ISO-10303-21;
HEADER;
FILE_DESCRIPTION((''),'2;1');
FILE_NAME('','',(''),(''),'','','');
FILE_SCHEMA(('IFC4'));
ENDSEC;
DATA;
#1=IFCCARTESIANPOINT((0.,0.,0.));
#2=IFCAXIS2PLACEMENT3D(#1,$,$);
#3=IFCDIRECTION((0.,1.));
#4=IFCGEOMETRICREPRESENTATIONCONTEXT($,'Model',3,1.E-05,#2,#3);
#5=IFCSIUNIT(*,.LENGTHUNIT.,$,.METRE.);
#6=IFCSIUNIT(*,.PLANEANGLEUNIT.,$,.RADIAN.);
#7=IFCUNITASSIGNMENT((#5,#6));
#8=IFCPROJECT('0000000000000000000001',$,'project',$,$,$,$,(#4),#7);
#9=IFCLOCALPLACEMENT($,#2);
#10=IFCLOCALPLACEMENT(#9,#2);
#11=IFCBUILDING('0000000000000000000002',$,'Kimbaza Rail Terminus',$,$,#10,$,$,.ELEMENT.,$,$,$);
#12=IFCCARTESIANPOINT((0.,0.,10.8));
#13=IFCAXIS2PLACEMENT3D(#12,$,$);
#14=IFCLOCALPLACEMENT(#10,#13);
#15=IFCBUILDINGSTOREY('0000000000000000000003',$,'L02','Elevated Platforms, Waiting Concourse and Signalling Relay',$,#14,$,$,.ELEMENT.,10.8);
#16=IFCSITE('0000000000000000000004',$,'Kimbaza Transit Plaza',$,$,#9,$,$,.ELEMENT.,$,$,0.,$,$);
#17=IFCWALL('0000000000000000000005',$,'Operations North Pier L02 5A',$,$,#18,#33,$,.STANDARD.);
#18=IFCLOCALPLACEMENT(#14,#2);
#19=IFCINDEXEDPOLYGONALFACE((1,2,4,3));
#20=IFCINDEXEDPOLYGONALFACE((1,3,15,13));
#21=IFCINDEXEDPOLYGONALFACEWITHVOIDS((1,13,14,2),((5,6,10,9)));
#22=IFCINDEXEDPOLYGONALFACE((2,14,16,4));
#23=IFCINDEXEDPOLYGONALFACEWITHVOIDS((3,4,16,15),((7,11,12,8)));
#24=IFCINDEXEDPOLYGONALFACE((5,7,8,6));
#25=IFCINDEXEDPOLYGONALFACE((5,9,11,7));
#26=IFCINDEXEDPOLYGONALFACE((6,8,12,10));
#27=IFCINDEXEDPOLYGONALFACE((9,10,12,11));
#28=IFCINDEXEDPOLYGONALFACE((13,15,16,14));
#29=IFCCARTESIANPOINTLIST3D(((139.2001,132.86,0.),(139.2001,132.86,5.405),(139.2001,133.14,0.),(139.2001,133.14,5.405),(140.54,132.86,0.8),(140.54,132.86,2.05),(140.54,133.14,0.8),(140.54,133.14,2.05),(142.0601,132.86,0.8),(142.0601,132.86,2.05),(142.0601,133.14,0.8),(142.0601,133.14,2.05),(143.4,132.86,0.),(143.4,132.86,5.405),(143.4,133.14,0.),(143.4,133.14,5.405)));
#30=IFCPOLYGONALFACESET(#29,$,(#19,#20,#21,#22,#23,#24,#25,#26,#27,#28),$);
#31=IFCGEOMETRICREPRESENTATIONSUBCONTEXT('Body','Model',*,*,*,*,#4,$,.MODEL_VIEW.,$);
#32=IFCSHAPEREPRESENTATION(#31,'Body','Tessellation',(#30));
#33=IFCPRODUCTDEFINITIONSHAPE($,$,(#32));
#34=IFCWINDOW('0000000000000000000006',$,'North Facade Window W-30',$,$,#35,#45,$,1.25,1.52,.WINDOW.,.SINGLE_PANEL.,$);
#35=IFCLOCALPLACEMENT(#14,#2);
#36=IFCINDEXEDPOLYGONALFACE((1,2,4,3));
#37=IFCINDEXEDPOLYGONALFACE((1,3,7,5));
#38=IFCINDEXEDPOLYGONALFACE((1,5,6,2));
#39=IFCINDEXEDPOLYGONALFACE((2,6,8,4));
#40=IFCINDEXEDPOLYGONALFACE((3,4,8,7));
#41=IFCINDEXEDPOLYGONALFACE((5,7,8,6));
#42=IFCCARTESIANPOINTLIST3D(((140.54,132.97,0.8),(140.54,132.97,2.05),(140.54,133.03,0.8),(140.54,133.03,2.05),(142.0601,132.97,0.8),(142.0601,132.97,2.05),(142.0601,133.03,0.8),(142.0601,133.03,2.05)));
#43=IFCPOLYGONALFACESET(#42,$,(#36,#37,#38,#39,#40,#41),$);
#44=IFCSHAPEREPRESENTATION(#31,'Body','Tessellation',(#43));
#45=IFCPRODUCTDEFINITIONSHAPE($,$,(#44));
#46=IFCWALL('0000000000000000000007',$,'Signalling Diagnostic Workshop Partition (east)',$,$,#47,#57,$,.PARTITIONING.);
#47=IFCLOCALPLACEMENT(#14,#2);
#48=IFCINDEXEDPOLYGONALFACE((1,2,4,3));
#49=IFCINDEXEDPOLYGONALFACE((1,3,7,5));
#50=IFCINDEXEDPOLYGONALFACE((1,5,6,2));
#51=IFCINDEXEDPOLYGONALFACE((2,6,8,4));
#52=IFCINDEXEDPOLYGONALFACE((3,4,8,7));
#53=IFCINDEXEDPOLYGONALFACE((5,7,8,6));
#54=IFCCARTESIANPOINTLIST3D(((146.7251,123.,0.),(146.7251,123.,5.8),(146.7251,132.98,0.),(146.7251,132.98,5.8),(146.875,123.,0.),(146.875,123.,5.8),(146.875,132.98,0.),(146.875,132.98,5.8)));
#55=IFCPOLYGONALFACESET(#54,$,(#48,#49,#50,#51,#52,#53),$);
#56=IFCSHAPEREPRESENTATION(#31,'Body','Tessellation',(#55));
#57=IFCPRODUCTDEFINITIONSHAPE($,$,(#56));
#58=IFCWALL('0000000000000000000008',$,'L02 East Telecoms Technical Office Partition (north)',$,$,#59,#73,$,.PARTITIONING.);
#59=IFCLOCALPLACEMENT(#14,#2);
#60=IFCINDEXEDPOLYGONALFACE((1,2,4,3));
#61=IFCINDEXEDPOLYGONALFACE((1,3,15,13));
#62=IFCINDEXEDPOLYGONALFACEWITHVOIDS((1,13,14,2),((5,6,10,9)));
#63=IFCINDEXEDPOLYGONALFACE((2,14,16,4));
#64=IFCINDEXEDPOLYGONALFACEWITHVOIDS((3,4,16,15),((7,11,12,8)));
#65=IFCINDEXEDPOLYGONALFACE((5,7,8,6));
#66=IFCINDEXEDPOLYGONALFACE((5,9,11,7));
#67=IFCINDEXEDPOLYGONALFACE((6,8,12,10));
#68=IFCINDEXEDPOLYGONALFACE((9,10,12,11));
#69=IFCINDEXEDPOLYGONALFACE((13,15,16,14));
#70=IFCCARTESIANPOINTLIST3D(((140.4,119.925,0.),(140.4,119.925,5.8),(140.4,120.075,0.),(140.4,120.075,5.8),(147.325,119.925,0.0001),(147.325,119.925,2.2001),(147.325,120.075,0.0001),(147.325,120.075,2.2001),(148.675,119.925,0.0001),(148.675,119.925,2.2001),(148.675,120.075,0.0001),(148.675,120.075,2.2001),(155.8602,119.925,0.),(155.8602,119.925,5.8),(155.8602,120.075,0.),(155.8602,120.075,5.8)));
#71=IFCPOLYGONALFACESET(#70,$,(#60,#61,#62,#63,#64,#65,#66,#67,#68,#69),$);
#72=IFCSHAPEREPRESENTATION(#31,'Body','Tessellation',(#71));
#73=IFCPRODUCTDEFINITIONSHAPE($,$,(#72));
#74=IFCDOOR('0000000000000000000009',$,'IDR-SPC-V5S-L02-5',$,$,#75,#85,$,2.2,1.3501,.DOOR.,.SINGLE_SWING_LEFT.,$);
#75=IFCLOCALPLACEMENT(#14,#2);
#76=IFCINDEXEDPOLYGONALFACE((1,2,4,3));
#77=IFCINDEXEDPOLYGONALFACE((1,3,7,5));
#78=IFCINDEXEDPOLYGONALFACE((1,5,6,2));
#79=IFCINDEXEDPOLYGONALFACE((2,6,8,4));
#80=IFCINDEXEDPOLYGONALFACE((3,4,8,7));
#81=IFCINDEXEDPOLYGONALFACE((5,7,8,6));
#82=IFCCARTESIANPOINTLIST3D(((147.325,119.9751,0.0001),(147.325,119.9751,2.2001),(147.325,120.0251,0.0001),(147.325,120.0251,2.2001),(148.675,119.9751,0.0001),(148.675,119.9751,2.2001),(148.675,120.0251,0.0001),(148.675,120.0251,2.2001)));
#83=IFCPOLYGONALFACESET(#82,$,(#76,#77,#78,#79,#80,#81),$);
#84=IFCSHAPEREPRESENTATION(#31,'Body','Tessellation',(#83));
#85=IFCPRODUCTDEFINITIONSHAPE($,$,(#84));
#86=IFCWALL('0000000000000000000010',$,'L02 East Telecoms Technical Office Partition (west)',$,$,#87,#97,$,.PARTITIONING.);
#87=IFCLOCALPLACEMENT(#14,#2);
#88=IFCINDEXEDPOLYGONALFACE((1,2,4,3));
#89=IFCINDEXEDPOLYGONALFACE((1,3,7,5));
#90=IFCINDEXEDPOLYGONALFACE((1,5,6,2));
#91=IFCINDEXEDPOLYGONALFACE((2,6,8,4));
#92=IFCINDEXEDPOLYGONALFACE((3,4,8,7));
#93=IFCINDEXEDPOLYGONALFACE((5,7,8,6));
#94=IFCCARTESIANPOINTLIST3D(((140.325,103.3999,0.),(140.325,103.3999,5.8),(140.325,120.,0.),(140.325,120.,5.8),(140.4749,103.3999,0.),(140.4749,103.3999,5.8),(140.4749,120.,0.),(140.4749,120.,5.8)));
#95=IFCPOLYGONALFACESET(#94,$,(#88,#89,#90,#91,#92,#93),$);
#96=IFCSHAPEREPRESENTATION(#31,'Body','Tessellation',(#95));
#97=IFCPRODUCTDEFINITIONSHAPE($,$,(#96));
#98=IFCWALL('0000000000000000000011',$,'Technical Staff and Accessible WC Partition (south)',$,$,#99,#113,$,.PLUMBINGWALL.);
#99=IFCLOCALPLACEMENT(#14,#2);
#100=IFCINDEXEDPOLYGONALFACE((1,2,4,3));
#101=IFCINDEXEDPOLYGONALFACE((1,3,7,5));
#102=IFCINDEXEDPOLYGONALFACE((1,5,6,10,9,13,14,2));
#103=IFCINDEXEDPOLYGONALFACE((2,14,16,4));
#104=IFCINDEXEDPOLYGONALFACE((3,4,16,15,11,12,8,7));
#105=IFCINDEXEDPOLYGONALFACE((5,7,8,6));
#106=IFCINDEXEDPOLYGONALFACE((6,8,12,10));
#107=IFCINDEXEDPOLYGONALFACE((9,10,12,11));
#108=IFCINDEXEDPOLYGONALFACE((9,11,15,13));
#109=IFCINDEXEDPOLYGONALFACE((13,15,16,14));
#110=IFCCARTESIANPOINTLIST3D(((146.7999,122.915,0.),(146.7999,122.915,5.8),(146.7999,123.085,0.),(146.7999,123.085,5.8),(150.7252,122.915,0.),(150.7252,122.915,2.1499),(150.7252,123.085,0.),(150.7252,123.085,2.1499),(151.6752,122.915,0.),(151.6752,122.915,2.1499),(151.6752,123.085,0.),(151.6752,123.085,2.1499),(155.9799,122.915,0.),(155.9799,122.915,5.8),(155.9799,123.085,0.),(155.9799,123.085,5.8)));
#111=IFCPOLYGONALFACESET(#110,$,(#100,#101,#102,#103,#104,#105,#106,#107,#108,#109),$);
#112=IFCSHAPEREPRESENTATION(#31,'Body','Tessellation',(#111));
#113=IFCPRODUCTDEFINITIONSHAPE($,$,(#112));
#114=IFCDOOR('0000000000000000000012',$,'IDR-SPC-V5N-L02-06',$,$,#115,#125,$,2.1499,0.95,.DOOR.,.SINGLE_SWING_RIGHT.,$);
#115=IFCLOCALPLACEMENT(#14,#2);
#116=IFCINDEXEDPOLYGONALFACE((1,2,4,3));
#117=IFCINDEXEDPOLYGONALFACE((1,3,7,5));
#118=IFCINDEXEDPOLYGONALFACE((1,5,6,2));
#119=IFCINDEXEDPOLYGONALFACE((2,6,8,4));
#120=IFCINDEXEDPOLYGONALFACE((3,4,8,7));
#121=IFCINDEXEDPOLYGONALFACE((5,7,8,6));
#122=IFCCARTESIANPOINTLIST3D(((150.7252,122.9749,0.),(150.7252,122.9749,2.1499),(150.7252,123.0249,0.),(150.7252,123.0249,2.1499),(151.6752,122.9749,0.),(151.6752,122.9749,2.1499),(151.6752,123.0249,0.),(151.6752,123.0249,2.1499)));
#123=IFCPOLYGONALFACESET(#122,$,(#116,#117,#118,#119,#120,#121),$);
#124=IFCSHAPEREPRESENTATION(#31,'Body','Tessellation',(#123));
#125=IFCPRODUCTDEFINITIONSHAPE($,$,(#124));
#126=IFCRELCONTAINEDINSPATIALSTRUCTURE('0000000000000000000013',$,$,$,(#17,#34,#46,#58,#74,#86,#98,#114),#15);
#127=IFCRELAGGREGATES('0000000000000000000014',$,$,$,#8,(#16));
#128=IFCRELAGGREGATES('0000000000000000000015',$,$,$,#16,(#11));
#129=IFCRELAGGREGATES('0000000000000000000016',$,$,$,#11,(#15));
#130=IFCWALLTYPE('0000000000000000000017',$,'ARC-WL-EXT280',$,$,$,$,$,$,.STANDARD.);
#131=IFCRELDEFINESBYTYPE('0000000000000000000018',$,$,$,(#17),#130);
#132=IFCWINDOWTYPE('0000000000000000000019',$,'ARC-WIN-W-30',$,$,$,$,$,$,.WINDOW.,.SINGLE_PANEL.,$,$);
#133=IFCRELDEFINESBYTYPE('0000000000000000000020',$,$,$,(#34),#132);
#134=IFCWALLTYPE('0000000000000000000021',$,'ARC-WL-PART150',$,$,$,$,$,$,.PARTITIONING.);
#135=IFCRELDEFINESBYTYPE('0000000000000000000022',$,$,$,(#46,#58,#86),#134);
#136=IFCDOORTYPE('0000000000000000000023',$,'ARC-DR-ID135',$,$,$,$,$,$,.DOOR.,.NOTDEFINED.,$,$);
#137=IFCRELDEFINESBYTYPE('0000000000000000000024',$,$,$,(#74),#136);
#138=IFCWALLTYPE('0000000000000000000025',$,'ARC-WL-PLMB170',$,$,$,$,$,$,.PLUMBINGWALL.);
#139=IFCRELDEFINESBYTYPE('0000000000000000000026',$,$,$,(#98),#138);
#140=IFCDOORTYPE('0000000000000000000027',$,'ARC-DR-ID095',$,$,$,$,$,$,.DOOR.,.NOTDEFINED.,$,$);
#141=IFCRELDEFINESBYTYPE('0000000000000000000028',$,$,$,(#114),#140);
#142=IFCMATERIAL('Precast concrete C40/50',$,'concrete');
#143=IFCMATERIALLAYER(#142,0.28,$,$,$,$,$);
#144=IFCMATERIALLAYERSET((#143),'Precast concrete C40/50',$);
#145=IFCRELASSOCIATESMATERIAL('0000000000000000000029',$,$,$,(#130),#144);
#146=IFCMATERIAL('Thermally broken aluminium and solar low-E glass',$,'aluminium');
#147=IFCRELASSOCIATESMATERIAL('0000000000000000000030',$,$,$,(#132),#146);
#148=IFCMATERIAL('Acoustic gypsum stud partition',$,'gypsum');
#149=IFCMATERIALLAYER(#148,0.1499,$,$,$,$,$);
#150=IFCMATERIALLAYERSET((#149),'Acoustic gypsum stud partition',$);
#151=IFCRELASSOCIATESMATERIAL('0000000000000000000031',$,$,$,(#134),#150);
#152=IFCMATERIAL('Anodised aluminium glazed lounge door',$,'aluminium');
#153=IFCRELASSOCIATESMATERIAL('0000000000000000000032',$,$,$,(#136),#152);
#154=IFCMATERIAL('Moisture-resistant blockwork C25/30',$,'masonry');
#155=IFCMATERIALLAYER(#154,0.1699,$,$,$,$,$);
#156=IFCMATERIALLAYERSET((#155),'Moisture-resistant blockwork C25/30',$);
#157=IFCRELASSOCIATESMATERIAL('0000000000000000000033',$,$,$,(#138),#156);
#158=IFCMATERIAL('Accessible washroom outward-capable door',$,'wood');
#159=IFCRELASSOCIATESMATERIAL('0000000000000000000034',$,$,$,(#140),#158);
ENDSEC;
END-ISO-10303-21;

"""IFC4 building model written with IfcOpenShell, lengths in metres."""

from ifc_helpers import new_model, si_unit, direction, frame, frame_2d, origin, place, context, subcontext, project, spatial, rectangle, extrude, material, layer, layer_set, type_object, element, fill, save


model = new_model("IFC4")

# Units and contexts
model_context = context("Model", 3, precision=1e-05, world=origin(), true_north=direction((0.0, 1.0)))
body_context = subcontext(model_context, "Body", "Model", "MODEL_VIEW")
ifc_project = project(units=[si_unit("LENGTHUNIT", "METRE"), si_unit("PLANEANGLEUNIT", "RADIAN")], contexts=[model_context])

# Site, building, storey
site_placement = place(None, origin())
site = spatial("IfcSite", under=ifc_project, at=site_placement, Name="Kimbaza Transit Plaza", CompositionType="ELEMENT", RefElevation=0.0)
building_placement = place(site_placement, origin())
building = spatial("IfcBuilding", under=site, at=building_placement, Name="Kimbaza Rail Terminus", CompositionType="ELEMENT")
storey_placement = place(building_placement, frame((0.0, 0.0, 10.8)))
storey = spatial("IfcBuildingStorey", under=building, at=storey_placement, Name="L02", Description="Elevated Platforms, Waiting Concourse and Signalling Relay", CompositionType="ELEMENT", Elevation=10.8)

# Wall, opening, window
ifc_material_1 = material(Name="Precast concrete C40/50", Category="concrete")
ifc_layer_1 = layer(ifc_material_1, 0.28)
ifc_layer_set_1 = layer_set([ifc_layer_1], Name="Precast concrete C40/50")
wall_type_1 = type_object("IfcWallType", Name="ARC-WL-EXT280", PredefinedType="STANDARD", material=ifc_layer_set_1)
wall_1_placement = place(storey_placement, frame((139.2, 133.0, 0.0), z_axis=(0.0, 0.0, 1.0), x_axis=(1.0, 0.0, 0.0)))
wall_1 = element("IfcWall", 1, at=wall_1_placement, inside=storey, type_object=wall_type_1, Name="Operations North Pier L02 5A", PredefinedType="STANDARD", context=body_context, shape_type="SweptSolid", body=[
    extrude(rectangle(XDim=4.2, YDim=0.28, at=frame_2d((2.1001, 0.0))), origin(), (0.0, 0.0, 1.0), 5.405),
])
opening_1_placement = place(wall_1_placement, frame((1.3401, 0.0, 0.8)))
opening_1 = element("IfcOpeningElement", 2, at=opening_1_placement, cuts=wall_1, PredefinedType="OPENING", context=body_context, shape_type="SweptSolid", body=[
    extrude(rectangle(XDim=1.52, YDim=1.25, at=frame_2d((0.76, 0.625))), frame((0.0, 0.1499, 0.0), z_axis=(0.0, -1.0, 0.0), x_axis=(1.0, 0.0, 0.0)), (0.0, 0.0, 1.0), 0.3),
])
ifc_material_2 = material(Name="Thermally broken aluminium and solar low-E glass", Category="aluminium")
window_type = type_object("IfcWindowType", Name="ARC-WIN-W-30", PartitioningType="SINGLE_PANEL", PredefinedType="WINDOW", material=ifc_material_2)
window_placement = place(opening_1_placement, origin())
window = element("IfcWindow", 3, at=window_placement, inside=storey, type_object=window_type, Name="North Facade Window W-30", OverallHeight=1.25, OverallWidth=1.52, PartitioningType="SINGLE_PANEL", PredefinedType="WINDOW", context=body_context, shape_type="SweptSolid", body=[
    extrude(rectangle(XDim=1.52, YDim=1.25, at=frame_2d((0.76, 0.625))), frame((0.0, 0.03, 0.0), z_axis=(0.0, -1.0, 0.0), x_axis=(1.0, 0.0, 0.0)), (0.0, 0.0, 1.0), 0.0601),
])
fill(opening_1, window)

# Wall
ifc_material_3 = material(Name="Acoustic gypsum stud partition", Category="gypsum")
ifc_layer_2 = layer(ifc_material_3, 0.1499)
ifc_layer_set_2 = layer_set([ifc_layer_2], Name="Acoustic gypsum stud partition")
wall_type_2 = type_object("IfcWallType", Name="ARC-WL-PART150", PredefinedType="PARTITIONING", material=ifc_layer_set_2)
wall_2_placement = place(storey_placement, frame((146.8, 123.0, 0.0), z_axis=(0.0, 0.0, 1.0), x_axis=(0.0, 1.0, 0.0)))
element("IfcWall", 4, at=wall_2_placement, inside=storey, type_object=wall_type_2, Name="Signalling Diagnostic Workshop Partition (east)", PredefinedType="PARTITIONING", context=body_context, shape_type="SweptSolid", body=[
    extrude(rectangle(XDim=9.98, YDim=0.1499, at=frame_2d((4.99, 0.0))), origin(), (0.0, 0.0, 1.0), 5.8),
])

# Wall, opening, door
wall_3_placement = place(storey_placement, frame((155.8601, 120.0, 0.0), z_axis=(0.0, 0.0, 1.0), x_axis=(-1.0, 0.0, 0.0)))
wall_3 = element("IfcWall", 5, at=wall_3_placement, inside=storey, type_object=wall_type_2, Name="L02 East Telecoms Technical Office Partition (north)", PredefinedType="PARTITIONING", context=body_context, shape_type="SweptSolid", body=[
    extrude(rectangle(XDim=15.4602, YDim=0.1499, at=frame_2d((7.73, 0.0))), origin(), (0.0, 0.0, 1.0), 5.8),
])
opening_2_placement = place(wall_3_placement, frame((7.1851, 0.0, 0.0)))
opening_2 = element("IfcOpeningElement", 6, at=opening_2_placement, cuts=wall_3, PredefinedType="OPENING", context=body_context, shape_type="SweptSolid", body=[
    extrude(rectangle(XDim=1.3501, YDim=2.2, at=frame_2d((0.675, 1.1001))), frame((0.0, 0.085, 0.0), z_axis=(0.0, -1.0, 0.0), x_axis=(1.0, 0.0, 0.0)), (0.0, 0.0, 1.0), 0.1699),
])
ifc_material_4 = material(Name="Anodised aluminium glazed lounge door", Category="aluminium")
door_type_1 = type_object("IfcDoorType", Name="ARC-DR-ID135", OperationType="NOTDEFINED", PredefinedType="DOOR", material=ifc_material_4)
door_1_placement = place(opening_2_placement, origin())
door_1 = element("IfcDoor", 7, at=door_1_placement, inside=storey, type_object=door_type_1, Name="IDR-SPC-V5S-L02-5", OperationType="SINGLE_SWING_LEFT", OverallHeight=2.2, OverallWidth=1.3501, PredefinedType="DOOR", context=body_context, shape_type="SweptSolid", body=[
    extrude(rectangle(XDim=1.3501, YDim=2.2, at=frame_2d((0.675, 1.1001))), frame((0.0, 0.0249, 0.0), z_axis=(0.0, -1.0, 0.0), x_axis=(1.0, 0.0, 0.0)), (0.0, 0.0, 1.0), 0.05),
])
fill(opening_2, door_1)

# Wall
wall_4_placement = place(storey_placement, frame((140.3999, 120.0, 0.0), z_axis=(0.0, 0.0, 1.0), x_axis=(0.0, -1.0, 0.0)))
element("IfcWall", 8, at=wall_4_placement, inside=storey, type_object=wall_type_2, Name="L02 East Telecoms Technical Office Partition (west)", PredefinedType="PARTITIONING", context=body_context, shape_type="SweptSolid", body=[
    extrude(rectangle(XDim=16.6001, YDim=0.1499, at=frame_2d((8.3, 0.0))), origin(), (0.0, 0.0, 1.0), 5.8),
])

# Wall, opening, door
ifc_material_5 = material(Name="Moisture-resistant blockwork C25/30", Category="masonry")
ifc_layer_3 = layer(ifc_material_5, 0.1699)
ifc_layer_set_3 = layer_set([ifc_layer_3], Name="Moisture-resistant blockwork C25/30")
wall_type_3 = type_object("IfcWallType", Name="ARC-WL-PLMB170", PredefinedType="PLUMBINGWALL", material=ifc_layer_set_3)
wall_5_placement = place(storey_placement, frame((146.8, 123.0, 0.0), z_axis=(0.0, 0.0, 1.0), x_axis=(1.0, 0.0, 0.0)))
wall_5 = element("IfcWall", 9, at=wall_5_placement, inside=storey, type_object=wall_type_3, Name="Technical Staff and Accessible WC Partition (south)", PredefinedType="PLUMBINGWALL", context=body_context, shape_type="SweptSolid", body=[
    extrude(rectangle(XDim=9.1799, YDim=0.1699, at=frame_2d((4.5898, 0.0))), origin(), (0.0, 0.0, 1.0), 5.8),
])
opening_3_placement = place(wall_5_placement, frame((3.925, 0.0, 0.0)))
opening_3 = element("IfcOpeningElement", 10, at=opening_3_placement, cuts=wall_5, PredefinedType="OPENING", context=body_context, shape_type="SweptSolid", body=[
    extrude(rectangle(XDim=0.95, YDim=2.1499, at=frame_2d((0.4751, 1.075))), frame((0.0, 0.095, 0.0), z_axis=(0.0, -1.0, 0.0), x_axis=(1.0, 0.0, 0.0)), (0.0, 0.0, 1.0), 0.1899),
])
ifc_material_6 = material(Name="Accessible washroom outward-capable door", Category="wood")
door_type_2 = type_object("IfcDoorType", Name="ARC-DR-ID095", OperationType="NOTDEFINED", PredefinedType="DOOR", material=ifc_material_6)
door_2_placement = place(opening_3_placement, origin())
door_2 = element("IfcDoor", 11, at=door_2_placement, inside=storey, type_object=door_type_2, Name="IDR-SPC-V5N-L02-06", OperationType="SINGLE_SWING_RIGHT", OverallHeight=2.1499, OverallWidth=0.95, PredefinedType="DOOR", context=body_context, shape_type="SweptSolid", body=[
    extrude(rectangle(XDim=0.95, YDim=2.1499, at=frame_2d((0.4751, 1.075))), frame((0.0, 0.0249, 0.0), z_axis=(0.0, -1.0, 0.0), x_axis=(1.0, 0.0, 0.0)), (0.0, 0.0, 1.0), 0.05),
])
fill(opening_3, door_2)

save(model, "model.ifc")
